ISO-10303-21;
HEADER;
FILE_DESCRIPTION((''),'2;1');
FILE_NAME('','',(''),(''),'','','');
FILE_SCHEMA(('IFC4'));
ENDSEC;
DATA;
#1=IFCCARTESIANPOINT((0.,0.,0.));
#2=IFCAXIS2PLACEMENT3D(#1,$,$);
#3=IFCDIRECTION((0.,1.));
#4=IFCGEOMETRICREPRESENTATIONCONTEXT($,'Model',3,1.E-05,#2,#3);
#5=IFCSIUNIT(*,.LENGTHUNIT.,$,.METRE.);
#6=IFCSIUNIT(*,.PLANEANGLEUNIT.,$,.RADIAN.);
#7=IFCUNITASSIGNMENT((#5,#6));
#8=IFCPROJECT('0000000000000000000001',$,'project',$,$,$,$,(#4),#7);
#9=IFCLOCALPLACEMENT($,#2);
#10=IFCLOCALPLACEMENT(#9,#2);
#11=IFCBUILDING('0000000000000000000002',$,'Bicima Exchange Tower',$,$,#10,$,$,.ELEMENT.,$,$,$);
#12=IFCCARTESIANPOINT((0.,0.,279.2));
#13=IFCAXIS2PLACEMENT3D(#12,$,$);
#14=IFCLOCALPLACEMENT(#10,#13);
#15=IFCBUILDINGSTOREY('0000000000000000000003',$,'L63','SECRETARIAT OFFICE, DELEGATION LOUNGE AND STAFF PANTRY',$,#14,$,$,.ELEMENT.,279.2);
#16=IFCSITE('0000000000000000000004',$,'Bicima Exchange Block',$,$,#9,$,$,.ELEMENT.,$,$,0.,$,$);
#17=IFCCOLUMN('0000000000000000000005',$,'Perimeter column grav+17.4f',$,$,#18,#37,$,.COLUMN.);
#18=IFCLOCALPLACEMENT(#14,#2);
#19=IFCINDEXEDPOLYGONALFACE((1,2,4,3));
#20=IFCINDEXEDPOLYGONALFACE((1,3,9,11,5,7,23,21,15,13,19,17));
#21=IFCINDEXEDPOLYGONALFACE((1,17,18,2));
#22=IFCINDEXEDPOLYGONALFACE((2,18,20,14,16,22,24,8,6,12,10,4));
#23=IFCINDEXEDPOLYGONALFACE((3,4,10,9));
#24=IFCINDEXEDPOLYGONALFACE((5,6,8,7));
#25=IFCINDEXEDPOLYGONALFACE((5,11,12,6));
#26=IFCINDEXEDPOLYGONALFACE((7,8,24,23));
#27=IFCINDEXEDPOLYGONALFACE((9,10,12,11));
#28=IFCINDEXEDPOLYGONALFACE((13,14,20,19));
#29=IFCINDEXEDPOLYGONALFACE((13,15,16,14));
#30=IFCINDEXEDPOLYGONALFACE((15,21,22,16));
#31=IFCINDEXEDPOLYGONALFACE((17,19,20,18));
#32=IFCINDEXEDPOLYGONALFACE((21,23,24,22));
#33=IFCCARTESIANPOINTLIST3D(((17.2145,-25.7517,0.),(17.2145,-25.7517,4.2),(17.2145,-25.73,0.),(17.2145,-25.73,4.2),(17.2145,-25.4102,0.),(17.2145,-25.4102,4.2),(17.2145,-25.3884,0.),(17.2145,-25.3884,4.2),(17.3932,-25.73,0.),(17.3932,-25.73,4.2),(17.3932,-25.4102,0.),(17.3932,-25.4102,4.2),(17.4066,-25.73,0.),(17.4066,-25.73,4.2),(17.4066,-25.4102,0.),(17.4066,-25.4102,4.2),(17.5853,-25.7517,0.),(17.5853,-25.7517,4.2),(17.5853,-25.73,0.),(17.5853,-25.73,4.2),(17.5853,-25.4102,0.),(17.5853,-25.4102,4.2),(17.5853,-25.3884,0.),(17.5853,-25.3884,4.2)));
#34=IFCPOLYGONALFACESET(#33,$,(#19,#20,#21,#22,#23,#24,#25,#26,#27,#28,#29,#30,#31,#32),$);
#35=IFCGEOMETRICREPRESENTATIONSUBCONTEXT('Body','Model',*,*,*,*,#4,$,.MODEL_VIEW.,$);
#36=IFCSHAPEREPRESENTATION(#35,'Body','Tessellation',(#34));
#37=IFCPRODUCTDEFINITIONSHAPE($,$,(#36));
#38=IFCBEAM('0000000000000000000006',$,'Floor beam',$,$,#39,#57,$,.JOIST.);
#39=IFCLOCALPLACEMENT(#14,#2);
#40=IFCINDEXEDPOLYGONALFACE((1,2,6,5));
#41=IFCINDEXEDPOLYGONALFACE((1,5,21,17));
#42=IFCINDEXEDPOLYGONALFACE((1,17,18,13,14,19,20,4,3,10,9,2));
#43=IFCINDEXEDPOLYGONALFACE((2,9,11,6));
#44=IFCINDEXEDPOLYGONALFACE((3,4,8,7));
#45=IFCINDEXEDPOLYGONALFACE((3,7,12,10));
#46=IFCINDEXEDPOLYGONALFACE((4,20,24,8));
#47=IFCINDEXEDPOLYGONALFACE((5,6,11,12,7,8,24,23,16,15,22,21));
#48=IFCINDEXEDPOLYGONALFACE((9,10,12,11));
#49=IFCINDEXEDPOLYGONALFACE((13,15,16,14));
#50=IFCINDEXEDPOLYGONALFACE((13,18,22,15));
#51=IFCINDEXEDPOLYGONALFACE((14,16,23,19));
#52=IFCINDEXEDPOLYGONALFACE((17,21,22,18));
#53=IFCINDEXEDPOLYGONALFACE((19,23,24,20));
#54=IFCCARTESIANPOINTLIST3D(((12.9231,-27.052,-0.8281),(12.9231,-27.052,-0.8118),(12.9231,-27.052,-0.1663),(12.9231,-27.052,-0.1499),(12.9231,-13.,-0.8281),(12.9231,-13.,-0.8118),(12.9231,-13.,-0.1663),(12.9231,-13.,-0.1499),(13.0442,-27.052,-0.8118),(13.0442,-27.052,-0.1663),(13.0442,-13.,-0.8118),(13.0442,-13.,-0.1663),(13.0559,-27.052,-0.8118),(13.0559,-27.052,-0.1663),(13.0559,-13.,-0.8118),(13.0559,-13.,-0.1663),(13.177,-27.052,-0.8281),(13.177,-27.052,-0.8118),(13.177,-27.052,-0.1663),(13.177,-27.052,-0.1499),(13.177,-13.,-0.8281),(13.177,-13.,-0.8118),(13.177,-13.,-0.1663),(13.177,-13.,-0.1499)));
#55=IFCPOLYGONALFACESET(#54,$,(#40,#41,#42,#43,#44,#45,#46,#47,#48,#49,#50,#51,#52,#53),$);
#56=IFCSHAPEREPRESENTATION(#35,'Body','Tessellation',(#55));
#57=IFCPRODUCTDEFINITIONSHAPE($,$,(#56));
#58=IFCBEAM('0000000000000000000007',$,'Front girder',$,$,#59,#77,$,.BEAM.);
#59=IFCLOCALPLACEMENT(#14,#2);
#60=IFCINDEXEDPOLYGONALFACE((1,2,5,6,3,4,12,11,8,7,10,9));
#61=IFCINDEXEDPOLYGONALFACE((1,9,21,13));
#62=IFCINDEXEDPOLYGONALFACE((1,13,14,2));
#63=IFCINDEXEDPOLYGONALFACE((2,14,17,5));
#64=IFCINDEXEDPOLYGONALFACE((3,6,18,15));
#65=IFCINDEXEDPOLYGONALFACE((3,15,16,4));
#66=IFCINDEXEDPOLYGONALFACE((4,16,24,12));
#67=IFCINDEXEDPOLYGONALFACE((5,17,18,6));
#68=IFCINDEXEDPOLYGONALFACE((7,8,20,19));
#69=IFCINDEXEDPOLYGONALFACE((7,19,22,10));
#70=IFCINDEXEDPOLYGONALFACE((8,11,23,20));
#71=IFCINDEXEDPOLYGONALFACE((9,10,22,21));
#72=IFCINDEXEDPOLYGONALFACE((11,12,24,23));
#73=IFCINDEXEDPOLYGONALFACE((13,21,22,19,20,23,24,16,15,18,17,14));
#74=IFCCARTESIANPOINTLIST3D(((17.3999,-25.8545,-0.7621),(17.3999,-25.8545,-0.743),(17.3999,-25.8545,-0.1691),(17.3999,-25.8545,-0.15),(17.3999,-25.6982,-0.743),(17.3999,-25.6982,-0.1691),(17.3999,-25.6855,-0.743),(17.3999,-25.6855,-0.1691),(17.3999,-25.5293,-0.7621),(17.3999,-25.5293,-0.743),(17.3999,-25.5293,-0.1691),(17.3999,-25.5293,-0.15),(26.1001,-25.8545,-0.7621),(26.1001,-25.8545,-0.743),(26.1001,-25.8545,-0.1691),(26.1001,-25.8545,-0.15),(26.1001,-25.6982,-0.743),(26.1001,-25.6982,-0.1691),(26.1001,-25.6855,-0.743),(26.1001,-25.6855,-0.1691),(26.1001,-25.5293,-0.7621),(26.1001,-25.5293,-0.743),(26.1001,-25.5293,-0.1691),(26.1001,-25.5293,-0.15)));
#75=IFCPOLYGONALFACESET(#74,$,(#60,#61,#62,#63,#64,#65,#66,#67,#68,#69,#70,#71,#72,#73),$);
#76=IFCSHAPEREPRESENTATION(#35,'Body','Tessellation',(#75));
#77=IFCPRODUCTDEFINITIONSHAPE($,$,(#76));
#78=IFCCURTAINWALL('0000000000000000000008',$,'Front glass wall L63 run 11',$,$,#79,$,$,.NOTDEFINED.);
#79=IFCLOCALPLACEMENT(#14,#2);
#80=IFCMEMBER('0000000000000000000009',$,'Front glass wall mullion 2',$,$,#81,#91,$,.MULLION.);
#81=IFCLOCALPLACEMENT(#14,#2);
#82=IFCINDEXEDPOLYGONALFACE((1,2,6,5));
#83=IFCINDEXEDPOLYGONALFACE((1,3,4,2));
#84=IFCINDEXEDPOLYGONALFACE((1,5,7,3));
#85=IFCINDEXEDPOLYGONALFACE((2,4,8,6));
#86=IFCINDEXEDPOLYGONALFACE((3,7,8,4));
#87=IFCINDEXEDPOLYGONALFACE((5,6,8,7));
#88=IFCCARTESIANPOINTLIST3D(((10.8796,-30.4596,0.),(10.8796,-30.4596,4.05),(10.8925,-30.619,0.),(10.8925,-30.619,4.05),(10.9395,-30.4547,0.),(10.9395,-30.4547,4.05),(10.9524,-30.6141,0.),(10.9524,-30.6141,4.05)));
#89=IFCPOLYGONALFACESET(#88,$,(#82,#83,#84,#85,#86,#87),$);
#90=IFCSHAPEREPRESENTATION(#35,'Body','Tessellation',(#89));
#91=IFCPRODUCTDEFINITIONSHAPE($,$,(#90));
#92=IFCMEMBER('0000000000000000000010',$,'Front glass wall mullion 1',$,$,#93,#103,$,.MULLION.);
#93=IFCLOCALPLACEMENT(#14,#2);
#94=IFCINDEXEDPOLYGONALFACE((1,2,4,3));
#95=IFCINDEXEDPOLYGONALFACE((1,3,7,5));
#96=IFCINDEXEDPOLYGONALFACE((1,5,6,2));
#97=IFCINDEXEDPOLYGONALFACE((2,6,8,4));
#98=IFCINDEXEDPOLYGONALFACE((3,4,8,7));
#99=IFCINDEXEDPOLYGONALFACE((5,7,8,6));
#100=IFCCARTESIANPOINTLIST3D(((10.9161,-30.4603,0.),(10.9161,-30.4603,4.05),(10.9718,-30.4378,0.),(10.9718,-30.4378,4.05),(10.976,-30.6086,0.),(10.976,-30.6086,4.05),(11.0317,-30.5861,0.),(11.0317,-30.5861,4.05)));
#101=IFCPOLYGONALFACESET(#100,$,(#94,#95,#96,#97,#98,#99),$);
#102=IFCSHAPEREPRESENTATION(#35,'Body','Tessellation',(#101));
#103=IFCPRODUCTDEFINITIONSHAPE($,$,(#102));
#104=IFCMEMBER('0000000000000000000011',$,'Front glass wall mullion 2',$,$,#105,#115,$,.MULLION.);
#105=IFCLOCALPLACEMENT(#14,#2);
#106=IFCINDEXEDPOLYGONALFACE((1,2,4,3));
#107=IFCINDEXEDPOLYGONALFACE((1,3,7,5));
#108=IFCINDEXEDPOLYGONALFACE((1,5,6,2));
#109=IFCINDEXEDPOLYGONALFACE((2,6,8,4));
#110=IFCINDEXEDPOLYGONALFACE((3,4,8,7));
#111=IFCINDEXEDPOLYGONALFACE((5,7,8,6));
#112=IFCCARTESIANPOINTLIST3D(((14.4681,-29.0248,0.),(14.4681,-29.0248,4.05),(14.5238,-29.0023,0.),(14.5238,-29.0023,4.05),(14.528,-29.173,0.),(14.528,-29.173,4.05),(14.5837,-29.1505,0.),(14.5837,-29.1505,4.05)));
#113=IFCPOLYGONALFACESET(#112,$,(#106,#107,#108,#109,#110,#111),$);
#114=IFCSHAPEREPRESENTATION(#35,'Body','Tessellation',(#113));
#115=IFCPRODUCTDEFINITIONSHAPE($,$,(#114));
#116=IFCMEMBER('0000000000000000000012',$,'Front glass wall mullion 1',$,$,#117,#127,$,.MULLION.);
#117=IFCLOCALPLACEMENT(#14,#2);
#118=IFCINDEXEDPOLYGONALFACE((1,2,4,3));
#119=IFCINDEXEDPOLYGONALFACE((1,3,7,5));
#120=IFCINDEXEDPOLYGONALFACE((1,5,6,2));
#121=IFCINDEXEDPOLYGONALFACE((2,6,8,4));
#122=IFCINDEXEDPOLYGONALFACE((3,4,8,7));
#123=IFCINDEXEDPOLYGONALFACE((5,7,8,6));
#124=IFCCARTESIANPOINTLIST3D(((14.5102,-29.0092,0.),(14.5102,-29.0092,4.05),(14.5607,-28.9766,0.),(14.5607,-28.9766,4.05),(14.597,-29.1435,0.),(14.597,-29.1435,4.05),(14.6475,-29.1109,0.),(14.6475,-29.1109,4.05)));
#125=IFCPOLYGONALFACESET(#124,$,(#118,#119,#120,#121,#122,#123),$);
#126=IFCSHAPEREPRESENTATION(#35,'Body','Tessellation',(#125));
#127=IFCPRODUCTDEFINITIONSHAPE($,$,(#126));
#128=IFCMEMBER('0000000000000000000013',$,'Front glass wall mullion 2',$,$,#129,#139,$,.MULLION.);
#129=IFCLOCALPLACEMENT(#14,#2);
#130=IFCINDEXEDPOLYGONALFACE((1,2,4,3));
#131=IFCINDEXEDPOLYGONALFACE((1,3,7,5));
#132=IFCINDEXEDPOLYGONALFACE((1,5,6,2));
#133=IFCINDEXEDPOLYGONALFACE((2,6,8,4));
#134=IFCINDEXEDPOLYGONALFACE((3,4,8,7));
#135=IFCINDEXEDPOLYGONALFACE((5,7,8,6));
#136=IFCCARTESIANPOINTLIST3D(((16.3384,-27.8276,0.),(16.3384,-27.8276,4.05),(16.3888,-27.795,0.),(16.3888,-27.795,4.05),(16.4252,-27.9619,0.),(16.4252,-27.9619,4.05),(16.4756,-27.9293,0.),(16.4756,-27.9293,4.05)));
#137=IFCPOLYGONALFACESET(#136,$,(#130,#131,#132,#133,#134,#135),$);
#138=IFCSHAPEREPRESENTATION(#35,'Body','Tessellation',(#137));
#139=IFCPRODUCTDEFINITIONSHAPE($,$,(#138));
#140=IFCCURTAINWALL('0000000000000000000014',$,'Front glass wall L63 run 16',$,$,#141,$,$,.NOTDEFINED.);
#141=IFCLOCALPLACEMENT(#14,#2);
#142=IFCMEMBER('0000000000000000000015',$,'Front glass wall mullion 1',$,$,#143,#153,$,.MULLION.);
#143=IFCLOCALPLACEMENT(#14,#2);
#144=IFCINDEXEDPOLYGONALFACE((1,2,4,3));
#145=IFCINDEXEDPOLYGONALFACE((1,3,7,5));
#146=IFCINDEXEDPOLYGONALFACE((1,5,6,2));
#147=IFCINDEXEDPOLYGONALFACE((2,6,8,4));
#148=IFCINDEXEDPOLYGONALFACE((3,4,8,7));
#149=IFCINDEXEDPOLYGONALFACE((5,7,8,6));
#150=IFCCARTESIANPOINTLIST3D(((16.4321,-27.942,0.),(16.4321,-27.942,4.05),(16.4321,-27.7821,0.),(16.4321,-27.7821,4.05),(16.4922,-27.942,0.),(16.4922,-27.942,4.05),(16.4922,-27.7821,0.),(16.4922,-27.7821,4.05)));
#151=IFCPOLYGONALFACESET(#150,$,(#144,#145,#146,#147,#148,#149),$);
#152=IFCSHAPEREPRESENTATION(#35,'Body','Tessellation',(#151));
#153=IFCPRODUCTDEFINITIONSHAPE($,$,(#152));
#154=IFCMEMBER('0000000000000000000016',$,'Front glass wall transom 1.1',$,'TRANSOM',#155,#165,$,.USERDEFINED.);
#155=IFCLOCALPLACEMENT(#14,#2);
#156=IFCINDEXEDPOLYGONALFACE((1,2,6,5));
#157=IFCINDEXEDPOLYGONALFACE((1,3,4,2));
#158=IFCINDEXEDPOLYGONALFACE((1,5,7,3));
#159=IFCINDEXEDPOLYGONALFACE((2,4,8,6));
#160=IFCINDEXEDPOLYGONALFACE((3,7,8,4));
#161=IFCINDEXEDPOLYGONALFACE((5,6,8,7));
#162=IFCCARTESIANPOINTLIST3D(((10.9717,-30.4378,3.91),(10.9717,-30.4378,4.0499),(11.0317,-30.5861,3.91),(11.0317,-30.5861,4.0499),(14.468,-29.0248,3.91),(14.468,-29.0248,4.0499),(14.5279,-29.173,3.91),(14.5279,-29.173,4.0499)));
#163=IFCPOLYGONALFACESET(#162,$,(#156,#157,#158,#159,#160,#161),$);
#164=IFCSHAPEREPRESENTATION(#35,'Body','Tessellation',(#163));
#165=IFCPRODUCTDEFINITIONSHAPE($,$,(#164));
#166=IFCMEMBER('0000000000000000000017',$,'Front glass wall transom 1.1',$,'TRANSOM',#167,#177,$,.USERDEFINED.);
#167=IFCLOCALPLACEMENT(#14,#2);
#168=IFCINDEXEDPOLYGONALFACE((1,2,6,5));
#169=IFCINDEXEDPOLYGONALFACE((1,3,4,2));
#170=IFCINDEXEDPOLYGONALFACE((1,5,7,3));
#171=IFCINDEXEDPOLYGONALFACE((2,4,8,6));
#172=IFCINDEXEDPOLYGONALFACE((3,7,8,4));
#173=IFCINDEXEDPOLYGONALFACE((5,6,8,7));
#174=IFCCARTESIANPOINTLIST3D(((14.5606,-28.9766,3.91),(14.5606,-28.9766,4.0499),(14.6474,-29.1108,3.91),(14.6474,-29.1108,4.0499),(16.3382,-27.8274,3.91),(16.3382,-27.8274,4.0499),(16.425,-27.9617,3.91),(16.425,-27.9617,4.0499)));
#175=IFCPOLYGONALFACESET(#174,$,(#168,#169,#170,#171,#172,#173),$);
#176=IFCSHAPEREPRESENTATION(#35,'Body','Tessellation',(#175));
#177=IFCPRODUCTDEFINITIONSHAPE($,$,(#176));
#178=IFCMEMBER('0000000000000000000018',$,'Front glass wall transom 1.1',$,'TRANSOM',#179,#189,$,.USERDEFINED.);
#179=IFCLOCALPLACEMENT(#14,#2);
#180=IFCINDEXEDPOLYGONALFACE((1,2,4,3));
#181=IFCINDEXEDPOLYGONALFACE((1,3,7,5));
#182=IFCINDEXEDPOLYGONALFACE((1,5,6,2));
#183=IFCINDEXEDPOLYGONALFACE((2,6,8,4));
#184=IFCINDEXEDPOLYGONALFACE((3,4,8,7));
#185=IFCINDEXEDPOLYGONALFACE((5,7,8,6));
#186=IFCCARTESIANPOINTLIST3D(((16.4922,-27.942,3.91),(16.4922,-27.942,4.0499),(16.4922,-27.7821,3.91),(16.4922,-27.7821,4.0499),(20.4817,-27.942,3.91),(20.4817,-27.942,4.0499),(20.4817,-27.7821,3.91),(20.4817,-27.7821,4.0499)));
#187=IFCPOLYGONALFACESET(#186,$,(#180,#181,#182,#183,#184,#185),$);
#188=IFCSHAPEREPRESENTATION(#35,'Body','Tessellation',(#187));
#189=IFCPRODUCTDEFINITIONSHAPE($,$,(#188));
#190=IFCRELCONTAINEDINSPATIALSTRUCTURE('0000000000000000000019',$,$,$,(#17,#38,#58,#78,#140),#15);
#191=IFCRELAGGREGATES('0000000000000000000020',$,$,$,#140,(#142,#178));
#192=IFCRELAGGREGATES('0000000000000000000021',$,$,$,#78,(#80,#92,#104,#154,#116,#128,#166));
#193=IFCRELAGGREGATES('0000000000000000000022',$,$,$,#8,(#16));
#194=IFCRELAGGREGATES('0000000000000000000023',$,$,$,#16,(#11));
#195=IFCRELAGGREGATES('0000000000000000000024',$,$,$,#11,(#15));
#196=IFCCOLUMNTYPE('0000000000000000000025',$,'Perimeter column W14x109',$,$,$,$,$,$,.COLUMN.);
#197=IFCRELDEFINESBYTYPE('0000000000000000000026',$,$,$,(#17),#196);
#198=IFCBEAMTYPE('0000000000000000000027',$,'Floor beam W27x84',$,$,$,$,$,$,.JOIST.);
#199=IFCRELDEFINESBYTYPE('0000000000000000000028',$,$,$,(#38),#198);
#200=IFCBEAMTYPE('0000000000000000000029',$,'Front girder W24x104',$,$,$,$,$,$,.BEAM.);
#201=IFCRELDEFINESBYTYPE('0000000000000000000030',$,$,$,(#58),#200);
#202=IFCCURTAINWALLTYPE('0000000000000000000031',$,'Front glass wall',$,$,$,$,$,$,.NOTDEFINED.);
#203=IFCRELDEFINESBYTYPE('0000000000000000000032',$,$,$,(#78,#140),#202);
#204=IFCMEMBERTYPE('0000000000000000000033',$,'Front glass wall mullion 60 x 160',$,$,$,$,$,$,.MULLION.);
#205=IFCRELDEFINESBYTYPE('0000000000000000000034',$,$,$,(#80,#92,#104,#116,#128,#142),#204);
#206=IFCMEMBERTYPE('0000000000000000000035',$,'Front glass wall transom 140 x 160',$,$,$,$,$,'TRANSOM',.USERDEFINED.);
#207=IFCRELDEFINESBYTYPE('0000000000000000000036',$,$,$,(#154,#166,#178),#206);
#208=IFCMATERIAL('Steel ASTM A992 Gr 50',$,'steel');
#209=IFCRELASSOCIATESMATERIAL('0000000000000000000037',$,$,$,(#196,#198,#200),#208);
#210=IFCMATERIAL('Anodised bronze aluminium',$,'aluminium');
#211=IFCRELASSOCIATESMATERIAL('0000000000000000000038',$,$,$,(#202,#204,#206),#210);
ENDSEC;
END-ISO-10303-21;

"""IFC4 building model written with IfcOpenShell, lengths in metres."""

from ifc_helpers import new_model, si_unit, direction, frame, origin, origin_2d, place, context, subcontext, project, spatial, rectangle, i_section, extrude, material, material_profile, profile_set, type_object, element, aggregate, save


model = new_model("IFC4")

# Units and contexts
model_context = context("Model", 3, precision=1e-05, world=origin(), true_north=direction((0.0, 1.0)))
body_context = subcontext(model_context, "Body", "Model", "MODEL_VIEW")
ifc_project = project(units=[si_unit("LENGTHUNIT", "METRE"), si_unit("PLANEANGLEUNIT", "RADIAN")], contexts=[model_context])

# Site, building, storey
site_placement = place(None, origin())
site = spatial("IfcSite", under=ifc_project, at=site_placement, Name="Bicima Exchange Block", CompositionType="ELEMENT", RefElevation=0.0)
building_placement = place(site_placement, origin())
building = spatial("IfcBuilding", under=site, at=building_placement, Name="Bicima Exchange Tower", CompositionType="ELEMENT")
storey_placement = place(building_placement, frame((0.0, 0.0, 279.2)))
storey = spatial("IfcBuildingStorey", under=building, at=storey_placement, Name="L63", Description="SECRETARIAT OFFICE, DELEGATION LOUNGE AND STAFF PANTRY", CompositionType="ELEMENT", Elevation=279.2)

# Column
ifc_material_1 = material(Name="Steel ASTM A992 Gr 50", Category="steel")
ifc_material_profile_1 = material_profile(ifc_material_1, i_section(OverallWidth=0.3708, OverallDepth=0.3633, WebThickness=0.0134, FlangeThickness=0.0217, at=origin_2d()))
ifc_profile_set_1 = profile_set([ifc_material_profile_1], Name="Steel ASTM A992 Gr 50")
column_type = type_object("IfcColumnType", Name="Perimeter column W14x109", PredefinedType="COLUMN", material=ifc_profile_set_1)
column_placement = place(storey_placement, frame((17.3999, -25.5701, 0.0), z_axis=(0.0, 0.0, 1.0), x_axis=(1.0, 0.0, 0.0)))
element("IfcColumn", 1, at=column_placement, inside=storey, type_object=column_type, Name="Perimeter column grav+17.4f", PredefinedType="COLUMN", context=body_context, shape_type="SweptSolid", body=[
    extrude(i_section(OverallWidth=0.3708, OverallDepth=0.3633, WebThickness=0.0134, FlangeThickness=0.0217, at=origin_2d()), origin(), (0.0, 0.0, 1.0), 4.2),
])

# Beams
ifc_material_profile_2 = material_profile(ifc_material_1, i_section(OverallWidth=0.2539, OverallDepth=0.6782, WebThickness=0.0117, FlangeThickness=0.0164, at=origin_2d()))
ifc_profile_set_2 = profile_set([ifc_material_profile_2], Name="Steel ASTM A992 Gr 50")
beam_type_1 = type_object("IfcBeamType", Name="Floor beam W27x84", PredefinedType="JOIST", material=ifc_profile_set_2)
beam_1_placement = place(storey_placement, frame((13.05, -13.0, -0.489), z_axis=(0.0, -1.0, 0.0), x_axis=(1.0, 0.0, 0.0)))
element("IfcBeam", 2, at=beam_1_placement, inside=storey, type_object=beam_type_1, Name="Floor beam", PredefinedType="JOIST", context=body_context, shape_type="SweptSolid", body=[
    extrude(i_section(OverallWidth=0.2539, OverallDepth=0.6782, WebThickness=0.0117, FlangeThickness=0.0164, at=origin_2d()), origin(), (0.0, 0.0, 1.0), 14.052),
])
ifc_material_profile_3 = material_profile(ifc_material_1, i_section(OverallWidth=0.3252, OverallDepth=0.6121, WebThickness=0.0127, FlangeThickness=0.019, at=origin_2d()))
ifc_profile_set_3 = profile_set([ifc_material_profile_3], Name="Steel ASTM A992 Gr 50")
beam_type_2 = type_object("IfcBeamType", Name="Front girder W24x104", PredefinedType="BEAM", material=ifc_profile_set_3)
beam_2_placement = place(storey_placement, frame((17.3999, -25.6919, -0.4561), z_axis=(1.0, 0.0, 0.0), x_axis=(0.0, 1.0, 0.0)))
element("IfcBeam", 3, at=beam_2_placement, inside=storey, type_object=beam_type_2, Name="Front girder", PredefinedType="BEAM", context=body_context, shape_type="SweptSolid", body=[
    extrude(i_section(OverallWidth=0.3252, OverallDepth=0.6121, WebThickness=0.0127, FlangeThickness=0.019, at=origin_2d()), origin(), (0.0, 0.0, 1.0), 8.7002),
])

# Curtain wall, members
ifc_material_2 = material(Name="Anodised bronze aluminium", Category="aluminium")
curtain_wall_type = type_object("IfcCurtainWallType", Name="Front glass wall", PredefinedType="NOTDEFINED", material=ifc_material_2)
curtain_wall_1_placement = place(storey_placement, origin())
curtain_wall_1 = element("IfcCurtainWall", 4, at=curtain_wall_1_placement, inside=storey, type_object=curtain_wall_type, Name="Front glass wall L63 run 11", PredefinedType="NOTDEFINED")
ifc_material_profile_4 = material_profile(ifc_material_2, rectangle(XDim=0.1599, YDim=0.0601, at=origin_2d()))
ifc_profile_set_4 = profile_set([ifc_material_profile_4], Name="Anodised bronze aluminium")
member_type_1 = type_object("IfcMemberType", Name="Front glass wall mullion 60 x 160", PredefinedType="MULLION", material=ifc_profile_set_4)
member_1_placement = place(storey_placement, frame((10.916, -30.5369, 0.0), z_axis=(0.0, 0.0, 1.0), x_axis=(-0.080589, 0.996747, 0.0)))
member_1 = element("IfcMember", 5, at=member_1_placement, type_object=member_type_1, Name="Front glass wall mullion 2", PredefinedType="MULLION", context=body_context, shape_type="SweptSolid", body=[
    extrude(rectangle(XDim=0.1599, YDim=0.0601, at=origin_2d()), origin(), (0.0, 0.0, 1.0), 4.05),
])
member_2_placement = place(storey_placement, frame((10.9739, -30.5232, 0.0), z_axis=(0.0, 0.0, 1.0), x_axis=(-0.374705, 0.927144, 0.0)))
member_2 = element("IfcMember", 6, at=member_2_placement, type_object=member_type_1, Name="Front glass wall mullion 1", PredefinedType="MULLION", context=body_context, shape_type="SweptSolid", body=[
    extrude(rectangle(XDim=0.1599, YDim=0.0601, at=origin_2d()), origin(), (0.0, 0.0, 1.0), 4.05),
])
member_3_placement = place(storey_placement, frame((14.5259, -29.0876, 0.0), z_axis=(0.0, 0.0, 1.0), x_axis=(-0.374705, 0.927144, 0.0)))
member_3 = element("IfcMember", 7, at=member_3_placement, type_object=member_type_1, Name="Front glass wall mullion 2", PredefinedType="MULLION", context=body_context, shape_type="SweptSolid", body=[
    extrude(rectangle(XDim=0.1599, YDim=0.0601, at=origin_2d()), origin(), (0.0, 0.0, 1.0), 4.05),
])
member_4_placement = place(storey_placement, frame((14.5789, -29.0601, 0.0), z_axis=(0.0, 0.0, 1.0), x_axis=(-0.542909, 0.839791, 0.0)))
member_4 = element("IfcMember", 8, at=member_4_placement, type_object=member_type_1, Name="Front glass wall mullion 1", PredefinedType="MULLION", context=body_context, shape_type="SweptSolid", body=[
    extrude(rectangle(XDim=0.1599, YDim=0.0601, at=origin_2d()), origin(), (0.0, 0.0, 1.0), 4.05),
])
member_5_placement = place(storey_placement, frame((16.407, -27.8784, 0.0), z_axis=(0.0, 0.0, 1.0), x_axis=(-0.542909, 0.839791, 0.0)))
member_5 = element("IfcMember", 9, at=member_5_placement, type_object=member_type_1, Name="Front glass wall mullion 2", PredefinedType="MULLION", context=body_context, shape_type="SweptSolid", body=[
    extrude(rectangle(XDim=0.1599, YDim=0.0601, at=origin_2d()), origin(), (0.0, 0.0, 1.0), 4.05),
])

# Curtain wall, member
curtain_wall_2_placement = place(storey_placement, origin())
curtain_wall_2 = element("IfcCurtainWall", 10, at=curtain_wall_2_placement, inside=storey, type_object=curtain_wall_type, Name="Front glass wall L63 run 16", PredefinedType="NOTDEFINED")
member_6_placement = place(storey_placement, frame((16.4622, -27.8621, 0.0), z_axis=(0.0, 0.0, 1.0), x_axis=(0.0, 1.0, 0.0)))
member_6 = element("IfcMember", 11, at=member_6_placement, type_object=member_type_1, Name="Front glass wall mullion 1", PredefinedType="MULLION", context=body_context, shape_type="SweptSolid", body=[
    extrude(rectangle(XDim=0.1599, YDim=0.0601, at=origin_2d()), origin(), (0.0, 0.0, 1.0), 4.05),
])

# Members
ifc_material_profile_5 = material_profile(ifc_material_2, rectangle(XDim=0.1599, YDim=0.1399, at=origin_2d()))
ifc_profile_set_5 = profile_set([ifc_material_profile_5], Name="Anodised bronze aluminium")
member_type_2 = type_object("IfcMemberType", Name="Front glass wall transom 140 x 160", ElementType="TRANSOM", PredefinedType="USERDEFINED", material=ifc_profile_set_5)
member_7_placement = place(storey_placement, frame((11.0017, -30.512, 3.98), z_axis=(0.92714, 0.374715, 0.0), x_axis=(-0.374715, 0.92714, 0.0)))
member_7 = element("IfcMember", 12, at=member_7_placement, type_object=member_type_2, Name="Front glass wall transom 1.1", ObjectType="TRANSOM", PredefinedType="USERDEFINED", context=body_context, shape_type="SweptSolid", body=[
    extrude(rectangle(XDim=0.1599, YDim=0.1399, at=origin_2d()), origin(), (0.0, 0.0, 1.0), 3.771),
])
member_8_placement = place(storey_placement, frame((14.604, -29.0437, 3.98), z_axis=(0.839793, 0.542907, 0.0), x_axis=(-0.542907, 0.839793, 0.0)))
member_8 = element("IfcMember", 13, at=member_8_placement, type_object=member_type_2, Name="Front glass wall transom 1.1", ObjectType="TRANSOM", PredefinedType="USERDEFINED", context=body_context, shape_type="SweptSolid", body=[
    extrude(rectangle(XDim=0.1599, YDim=0.1399, at=origin_2d()), origin(), (0.0, 0.0, 1.0), 2.1167),
])
member_9_placement = place(storey_placement, frame((16.4922, -27.8621, 3.98), z_axis=(1.0, 0.0, 0.0), x_axis=(0.0, 1.0, 0.0)))
member_9 = element("IfcMember", 14, at=member_9_placement, type_object=member_type_2, Name="Front glass wall transom 1.1", ObjectType="TRANSOM", PredefinedType="USERDEFINED", context=body_context, shape_type="SweptSolid", body=[
    extrude(rectangle(XDim=0.1599, YDim=0.1399, at=origin_2d()), origin(), (0.0, 0.0, 1.0), 3.9895),
])

aggregate(curtain_wall_2, [member_6, member_9])
aggregate(curtain_wall_1, [member_1, member_2, member_3, member_7, member_4, member_5, member_8])

save(model, "model.ifc")
